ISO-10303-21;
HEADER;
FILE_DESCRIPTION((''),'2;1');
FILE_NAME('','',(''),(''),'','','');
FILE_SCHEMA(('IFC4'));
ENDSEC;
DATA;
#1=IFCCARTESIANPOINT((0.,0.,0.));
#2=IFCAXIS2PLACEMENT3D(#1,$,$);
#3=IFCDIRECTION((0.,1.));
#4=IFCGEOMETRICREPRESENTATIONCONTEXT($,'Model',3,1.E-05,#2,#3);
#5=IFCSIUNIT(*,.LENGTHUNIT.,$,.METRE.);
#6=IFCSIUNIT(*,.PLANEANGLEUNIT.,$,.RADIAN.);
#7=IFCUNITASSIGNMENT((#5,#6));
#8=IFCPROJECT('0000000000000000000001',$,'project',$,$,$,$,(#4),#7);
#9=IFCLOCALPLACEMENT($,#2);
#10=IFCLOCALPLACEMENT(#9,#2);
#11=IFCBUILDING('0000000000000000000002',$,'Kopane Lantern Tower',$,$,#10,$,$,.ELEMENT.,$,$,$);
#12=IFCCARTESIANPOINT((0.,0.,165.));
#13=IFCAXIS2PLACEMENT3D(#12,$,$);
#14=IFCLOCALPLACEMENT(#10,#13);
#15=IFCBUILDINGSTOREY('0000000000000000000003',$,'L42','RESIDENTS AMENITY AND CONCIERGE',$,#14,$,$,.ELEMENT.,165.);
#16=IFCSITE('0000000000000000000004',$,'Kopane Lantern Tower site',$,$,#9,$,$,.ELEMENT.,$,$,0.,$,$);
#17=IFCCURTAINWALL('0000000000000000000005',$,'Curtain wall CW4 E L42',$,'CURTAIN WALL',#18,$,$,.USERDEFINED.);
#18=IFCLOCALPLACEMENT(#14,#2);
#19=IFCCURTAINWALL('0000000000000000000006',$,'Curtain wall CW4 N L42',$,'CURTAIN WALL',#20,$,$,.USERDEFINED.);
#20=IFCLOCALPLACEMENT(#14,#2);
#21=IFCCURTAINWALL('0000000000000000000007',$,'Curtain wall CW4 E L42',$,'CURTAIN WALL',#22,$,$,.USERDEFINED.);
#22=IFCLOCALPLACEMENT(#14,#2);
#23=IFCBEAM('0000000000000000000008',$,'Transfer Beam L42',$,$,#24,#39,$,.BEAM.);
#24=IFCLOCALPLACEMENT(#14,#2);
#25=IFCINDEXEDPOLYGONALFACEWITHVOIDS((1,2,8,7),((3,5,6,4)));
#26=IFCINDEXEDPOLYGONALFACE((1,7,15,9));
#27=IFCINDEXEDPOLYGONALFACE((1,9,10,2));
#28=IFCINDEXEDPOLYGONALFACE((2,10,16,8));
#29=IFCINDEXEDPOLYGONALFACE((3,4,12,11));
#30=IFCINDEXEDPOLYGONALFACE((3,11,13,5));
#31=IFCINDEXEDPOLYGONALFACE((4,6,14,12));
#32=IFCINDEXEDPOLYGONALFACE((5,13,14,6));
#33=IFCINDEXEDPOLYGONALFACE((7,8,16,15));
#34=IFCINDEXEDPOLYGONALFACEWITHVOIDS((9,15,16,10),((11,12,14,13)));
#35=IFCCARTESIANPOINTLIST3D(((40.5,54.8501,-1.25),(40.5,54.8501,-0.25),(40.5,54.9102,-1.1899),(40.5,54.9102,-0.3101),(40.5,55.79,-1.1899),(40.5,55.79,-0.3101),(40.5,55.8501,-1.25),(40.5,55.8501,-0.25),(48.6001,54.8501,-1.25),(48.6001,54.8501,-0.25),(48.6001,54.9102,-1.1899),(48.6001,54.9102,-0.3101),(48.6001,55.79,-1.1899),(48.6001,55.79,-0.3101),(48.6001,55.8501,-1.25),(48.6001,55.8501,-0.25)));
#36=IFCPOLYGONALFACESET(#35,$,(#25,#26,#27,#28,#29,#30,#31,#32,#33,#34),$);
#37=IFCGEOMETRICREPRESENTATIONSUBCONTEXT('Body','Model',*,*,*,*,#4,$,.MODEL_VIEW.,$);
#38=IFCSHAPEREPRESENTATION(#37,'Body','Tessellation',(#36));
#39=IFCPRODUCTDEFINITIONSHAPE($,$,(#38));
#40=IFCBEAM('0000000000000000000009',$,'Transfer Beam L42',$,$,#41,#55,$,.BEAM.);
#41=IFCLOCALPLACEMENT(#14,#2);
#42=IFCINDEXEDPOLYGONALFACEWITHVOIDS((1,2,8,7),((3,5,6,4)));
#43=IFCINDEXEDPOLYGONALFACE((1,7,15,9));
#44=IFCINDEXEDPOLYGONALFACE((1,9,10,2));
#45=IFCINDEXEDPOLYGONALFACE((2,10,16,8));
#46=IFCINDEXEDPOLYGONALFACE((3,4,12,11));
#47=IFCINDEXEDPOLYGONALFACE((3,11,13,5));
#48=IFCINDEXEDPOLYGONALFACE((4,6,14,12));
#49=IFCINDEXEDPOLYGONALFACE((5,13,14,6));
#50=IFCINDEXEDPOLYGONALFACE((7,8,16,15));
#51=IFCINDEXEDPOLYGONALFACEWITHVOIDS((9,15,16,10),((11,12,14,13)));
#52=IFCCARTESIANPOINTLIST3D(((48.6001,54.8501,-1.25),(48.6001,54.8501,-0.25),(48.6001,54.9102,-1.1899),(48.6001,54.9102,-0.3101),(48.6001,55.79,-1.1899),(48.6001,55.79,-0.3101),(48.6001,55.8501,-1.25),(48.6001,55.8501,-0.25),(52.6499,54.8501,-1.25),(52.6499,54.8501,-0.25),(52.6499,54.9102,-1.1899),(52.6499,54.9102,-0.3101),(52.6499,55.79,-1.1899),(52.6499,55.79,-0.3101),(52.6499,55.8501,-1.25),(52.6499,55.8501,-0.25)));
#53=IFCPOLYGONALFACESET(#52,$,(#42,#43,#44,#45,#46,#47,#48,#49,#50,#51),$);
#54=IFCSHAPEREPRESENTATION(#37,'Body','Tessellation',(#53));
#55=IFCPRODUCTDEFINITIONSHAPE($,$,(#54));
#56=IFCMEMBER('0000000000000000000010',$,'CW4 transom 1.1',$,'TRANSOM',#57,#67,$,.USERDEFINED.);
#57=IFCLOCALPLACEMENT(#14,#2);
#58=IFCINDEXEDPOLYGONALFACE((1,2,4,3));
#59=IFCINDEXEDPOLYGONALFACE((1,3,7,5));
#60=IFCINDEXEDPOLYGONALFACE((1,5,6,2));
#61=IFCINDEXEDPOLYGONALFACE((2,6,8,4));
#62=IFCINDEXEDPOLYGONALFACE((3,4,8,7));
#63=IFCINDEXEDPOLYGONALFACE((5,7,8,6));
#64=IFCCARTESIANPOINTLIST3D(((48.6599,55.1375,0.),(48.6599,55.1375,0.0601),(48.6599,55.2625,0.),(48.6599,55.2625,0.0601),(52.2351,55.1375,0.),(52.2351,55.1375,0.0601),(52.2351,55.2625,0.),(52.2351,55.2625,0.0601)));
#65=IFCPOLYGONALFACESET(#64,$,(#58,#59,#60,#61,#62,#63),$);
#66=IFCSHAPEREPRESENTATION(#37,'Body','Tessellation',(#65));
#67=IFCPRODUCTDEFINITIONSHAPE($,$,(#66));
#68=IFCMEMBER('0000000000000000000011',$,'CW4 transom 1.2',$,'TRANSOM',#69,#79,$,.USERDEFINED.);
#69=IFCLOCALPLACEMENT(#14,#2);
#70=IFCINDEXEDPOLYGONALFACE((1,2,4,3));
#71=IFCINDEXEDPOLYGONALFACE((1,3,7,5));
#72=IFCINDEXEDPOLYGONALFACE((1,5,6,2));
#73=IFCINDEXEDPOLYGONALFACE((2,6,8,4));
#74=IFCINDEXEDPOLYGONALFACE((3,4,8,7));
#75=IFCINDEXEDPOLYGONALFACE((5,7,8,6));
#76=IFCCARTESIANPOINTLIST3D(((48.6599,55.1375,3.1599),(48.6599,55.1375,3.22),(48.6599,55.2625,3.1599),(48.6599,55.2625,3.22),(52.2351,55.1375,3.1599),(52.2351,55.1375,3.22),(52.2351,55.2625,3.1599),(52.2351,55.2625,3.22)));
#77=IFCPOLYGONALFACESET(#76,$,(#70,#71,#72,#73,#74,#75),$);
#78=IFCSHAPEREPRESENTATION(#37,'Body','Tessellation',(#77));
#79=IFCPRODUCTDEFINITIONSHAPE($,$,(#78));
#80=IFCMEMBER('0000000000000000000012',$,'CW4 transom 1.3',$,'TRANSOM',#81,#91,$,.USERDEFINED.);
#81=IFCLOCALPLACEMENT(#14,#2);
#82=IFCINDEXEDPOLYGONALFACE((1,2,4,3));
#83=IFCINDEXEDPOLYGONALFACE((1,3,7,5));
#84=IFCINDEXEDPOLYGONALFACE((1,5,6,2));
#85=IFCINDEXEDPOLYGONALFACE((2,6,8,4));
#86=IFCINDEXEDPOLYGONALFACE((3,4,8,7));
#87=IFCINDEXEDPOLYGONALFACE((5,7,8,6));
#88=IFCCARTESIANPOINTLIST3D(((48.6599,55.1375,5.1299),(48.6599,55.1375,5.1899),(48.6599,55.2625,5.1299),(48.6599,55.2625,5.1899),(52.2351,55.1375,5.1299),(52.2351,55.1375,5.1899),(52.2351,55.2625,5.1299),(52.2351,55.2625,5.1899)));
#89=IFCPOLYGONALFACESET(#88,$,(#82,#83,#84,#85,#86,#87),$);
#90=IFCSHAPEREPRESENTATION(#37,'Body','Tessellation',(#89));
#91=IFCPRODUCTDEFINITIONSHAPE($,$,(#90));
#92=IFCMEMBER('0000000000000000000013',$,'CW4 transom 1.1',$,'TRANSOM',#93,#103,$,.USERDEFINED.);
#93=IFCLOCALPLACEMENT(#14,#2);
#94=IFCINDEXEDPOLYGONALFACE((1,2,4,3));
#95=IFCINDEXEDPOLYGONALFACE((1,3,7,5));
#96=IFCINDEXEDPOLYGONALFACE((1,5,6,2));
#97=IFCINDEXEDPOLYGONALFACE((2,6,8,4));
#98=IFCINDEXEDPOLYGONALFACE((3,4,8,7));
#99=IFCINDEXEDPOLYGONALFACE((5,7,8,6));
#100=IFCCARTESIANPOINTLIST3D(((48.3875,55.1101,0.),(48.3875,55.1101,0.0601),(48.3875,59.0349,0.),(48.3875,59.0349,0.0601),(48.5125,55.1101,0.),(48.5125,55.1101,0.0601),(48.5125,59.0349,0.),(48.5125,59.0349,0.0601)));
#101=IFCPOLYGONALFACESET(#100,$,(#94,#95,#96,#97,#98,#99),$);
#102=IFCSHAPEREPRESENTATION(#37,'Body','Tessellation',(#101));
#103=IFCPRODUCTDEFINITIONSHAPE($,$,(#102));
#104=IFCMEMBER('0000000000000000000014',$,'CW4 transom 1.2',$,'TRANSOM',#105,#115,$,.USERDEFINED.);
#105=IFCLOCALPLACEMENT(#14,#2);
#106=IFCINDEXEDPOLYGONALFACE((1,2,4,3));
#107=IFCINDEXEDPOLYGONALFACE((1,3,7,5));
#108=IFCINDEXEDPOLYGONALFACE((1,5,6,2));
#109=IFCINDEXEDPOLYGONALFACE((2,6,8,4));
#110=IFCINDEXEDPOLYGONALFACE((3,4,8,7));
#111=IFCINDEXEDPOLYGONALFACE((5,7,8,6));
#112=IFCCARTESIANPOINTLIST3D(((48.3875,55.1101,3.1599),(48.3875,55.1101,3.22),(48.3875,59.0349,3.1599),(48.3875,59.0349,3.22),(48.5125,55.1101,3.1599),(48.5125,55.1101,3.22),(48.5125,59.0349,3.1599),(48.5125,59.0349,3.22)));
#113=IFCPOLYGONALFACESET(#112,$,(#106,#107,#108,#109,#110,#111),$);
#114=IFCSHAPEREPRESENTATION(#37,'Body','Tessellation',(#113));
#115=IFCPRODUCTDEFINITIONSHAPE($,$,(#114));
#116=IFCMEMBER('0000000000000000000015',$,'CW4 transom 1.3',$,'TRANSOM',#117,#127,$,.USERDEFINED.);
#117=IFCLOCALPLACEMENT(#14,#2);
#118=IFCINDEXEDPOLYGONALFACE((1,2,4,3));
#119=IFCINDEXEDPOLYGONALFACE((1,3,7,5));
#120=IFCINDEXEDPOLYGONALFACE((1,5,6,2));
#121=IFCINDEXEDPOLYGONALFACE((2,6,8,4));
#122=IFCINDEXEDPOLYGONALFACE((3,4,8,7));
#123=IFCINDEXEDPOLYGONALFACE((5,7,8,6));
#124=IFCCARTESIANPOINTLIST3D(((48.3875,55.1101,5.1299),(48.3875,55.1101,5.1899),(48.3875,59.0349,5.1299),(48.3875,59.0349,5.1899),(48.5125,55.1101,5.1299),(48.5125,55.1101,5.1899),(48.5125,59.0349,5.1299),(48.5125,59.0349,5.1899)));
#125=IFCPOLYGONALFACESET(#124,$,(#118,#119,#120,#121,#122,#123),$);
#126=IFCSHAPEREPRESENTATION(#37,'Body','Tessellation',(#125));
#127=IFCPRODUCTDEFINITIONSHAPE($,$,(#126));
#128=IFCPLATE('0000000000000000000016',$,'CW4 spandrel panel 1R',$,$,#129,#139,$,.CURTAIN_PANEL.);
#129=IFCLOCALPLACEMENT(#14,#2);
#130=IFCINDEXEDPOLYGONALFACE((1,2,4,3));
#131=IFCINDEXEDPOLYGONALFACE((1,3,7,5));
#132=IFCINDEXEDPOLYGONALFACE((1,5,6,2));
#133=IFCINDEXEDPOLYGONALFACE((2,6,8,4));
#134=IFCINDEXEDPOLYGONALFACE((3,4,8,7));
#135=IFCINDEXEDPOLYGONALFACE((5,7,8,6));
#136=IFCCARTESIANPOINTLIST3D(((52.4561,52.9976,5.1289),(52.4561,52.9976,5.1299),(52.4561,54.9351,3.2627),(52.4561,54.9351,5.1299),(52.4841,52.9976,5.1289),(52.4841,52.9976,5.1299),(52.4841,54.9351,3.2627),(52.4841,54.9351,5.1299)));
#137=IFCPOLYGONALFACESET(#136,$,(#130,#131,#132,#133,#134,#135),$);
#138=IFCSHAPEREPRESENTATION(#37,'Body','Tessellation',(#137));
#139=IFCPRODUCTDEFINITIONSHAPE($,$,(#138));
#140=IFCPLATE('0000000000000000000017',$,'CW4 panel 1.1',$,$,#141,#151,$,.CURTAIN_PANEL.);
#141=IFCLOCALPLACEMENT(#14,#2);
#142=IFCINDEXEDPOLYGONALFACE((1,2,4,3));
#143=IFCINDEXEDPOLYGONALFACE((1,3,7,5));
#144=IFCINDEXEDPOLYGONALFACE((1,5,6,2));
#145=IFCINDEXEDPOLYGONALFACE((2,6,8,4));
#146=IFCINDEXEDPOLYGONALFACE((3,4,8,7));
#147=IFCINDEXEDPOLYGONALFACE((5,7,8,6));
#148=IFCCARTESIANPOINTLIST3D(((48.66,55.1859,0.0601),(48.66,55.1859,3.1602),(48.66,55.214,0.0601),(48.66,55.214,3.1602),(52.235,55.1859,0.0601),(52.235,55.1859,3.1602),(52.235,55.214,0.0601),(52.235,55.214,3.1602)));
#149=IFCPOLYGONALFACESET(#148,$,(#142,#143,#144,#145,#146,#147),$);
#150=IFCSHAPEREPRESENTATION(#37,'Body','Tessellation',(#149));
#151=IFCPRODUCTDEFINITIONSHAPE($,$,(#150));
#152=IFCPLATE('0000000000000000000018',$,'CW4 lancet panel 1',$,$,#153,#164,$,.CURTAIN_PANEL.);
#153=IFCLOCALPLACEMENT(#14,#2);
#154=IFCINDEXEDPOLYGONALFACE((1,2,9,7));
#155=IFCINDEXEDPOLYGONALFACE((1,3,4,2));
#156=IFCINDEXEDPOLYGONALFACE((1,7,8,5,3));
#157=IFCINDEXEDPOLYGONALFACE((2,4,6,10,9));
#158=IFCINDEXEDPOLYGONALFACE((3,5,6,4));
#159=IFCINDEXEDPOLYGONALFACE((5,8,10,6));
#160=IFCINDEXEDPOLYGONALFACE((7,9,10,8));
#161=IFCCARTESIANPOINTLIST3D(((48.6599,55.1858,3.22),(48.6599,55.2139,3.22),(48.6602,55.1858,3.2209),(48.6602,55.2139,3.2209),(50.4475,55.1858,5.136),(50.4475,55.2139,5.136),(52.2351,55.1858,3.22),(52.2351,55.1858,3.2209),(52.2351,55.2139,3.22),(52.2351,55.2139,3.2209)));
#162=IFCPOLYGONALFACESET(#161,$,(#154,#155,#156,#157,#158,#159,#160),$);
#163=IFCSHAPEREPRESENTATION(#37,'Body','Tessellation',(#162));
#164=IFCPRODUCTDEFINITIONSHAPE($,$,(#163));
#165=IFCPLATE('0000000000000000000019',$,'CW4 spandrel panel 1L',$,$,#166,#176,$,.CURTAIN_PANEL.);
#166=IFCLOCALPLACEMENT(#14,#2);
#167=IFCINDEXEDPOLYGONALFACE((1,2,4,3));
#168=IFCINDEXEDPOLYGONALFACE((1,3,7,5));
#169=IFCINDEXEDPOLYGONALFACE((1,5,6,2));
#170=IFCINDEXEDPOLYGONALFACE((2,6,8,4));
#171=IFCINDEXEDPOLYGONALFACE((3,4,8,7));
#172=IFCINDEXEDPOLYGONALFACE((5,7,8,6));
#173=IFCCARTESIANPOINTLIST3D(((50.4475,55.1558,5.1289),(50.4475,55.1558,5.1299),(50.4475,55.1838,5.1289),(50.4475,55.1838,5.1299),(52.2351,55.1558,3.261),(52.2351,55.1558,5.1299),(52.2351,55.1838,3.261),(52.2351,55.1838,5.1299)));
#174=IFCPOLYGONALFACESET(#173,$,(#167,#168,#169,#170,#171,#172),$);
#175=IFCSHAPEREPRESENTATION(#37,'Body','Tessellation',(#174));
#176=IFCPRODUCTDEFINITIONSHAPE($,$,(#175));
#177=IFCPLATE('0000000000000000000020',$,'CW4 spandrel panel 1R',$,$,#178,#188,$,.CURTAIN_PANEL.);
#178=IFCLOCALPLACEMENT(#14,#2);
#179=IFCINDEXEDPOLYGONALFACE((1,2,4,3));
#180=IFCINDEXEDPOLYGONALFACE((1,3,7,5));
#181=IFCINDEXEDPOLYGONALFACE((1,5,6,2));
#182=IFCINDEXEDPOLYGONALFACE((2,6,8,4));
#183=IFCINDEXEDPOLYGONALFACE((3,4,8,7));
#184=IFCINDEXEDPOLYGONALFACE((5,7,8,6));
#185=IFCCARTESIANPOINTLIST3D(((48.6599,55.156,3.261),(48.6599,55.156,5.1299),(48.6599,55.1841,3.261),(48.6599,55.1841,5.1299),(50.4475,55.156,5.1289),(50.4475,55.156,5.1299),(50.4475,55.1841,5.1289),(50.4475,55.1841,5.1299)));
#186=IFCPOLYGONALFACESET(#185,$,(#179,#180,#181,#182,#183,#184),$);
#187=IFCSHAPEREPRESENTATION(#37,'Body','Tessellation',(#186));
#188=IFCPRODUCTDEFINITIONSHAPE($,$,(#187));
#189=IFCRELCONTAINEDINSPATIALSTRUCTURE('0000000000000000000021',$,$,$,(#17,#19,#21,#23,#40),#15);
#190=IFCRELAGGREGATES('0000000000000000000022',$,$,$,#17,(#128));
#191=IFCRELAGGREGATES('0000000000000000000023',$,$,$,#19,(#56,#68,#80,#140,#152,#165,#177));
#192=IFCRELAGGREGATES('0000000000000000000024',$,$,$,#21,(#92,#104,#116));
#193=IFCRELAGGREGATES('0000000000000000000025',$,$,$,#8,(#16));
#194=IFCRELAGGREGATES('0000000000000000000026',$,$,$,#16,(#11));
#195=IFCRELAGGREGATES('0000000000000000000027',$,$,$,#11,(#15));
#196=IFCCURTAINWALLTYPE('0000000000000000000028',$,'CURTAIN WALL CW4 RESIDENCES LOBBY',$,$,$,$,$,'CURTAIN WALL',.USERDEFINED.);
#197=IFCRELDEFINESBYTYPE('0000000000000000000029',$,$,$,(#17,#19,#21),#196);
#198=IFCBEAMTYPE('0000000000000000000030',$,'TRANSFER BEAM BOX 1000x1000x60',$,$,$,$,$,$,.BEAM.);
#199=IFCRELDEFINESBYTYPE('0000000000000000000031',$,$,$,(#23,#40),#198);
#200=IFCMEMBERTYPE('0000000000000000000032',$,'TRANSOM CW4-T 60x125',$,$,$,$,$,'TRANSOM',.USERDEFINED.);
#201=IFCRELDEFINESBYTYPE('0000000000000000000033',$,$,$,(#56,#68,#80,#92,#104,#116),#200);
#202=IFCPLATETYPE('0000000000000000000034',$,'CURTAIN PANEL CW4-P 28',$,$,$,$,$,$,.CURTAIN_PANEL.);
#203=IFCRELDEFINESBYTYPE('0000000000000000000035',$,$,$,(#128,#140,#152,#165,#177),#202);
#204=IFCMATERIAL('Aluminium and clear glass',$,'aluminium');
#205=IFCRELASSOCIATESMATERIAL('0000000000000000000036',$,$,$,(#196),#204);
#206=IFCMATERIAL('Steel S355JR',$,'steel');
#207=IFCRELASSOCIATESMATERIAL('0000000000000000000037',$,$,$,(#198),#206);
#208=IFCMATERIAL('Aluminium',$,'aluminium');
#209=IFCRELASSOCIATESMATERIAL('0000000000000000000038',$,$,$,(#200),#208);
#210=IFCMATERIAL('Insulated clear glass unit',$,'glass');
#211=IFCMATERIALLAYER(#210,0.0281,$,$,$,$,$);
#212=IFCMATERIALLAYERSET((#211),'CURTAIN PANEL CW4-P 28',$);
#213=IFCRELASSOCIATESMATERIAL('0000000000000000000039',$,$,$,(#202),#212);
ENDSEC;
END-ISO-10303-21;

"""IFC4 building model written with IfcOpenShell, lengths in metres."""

from ifc_helpers import new_model, si_unit, direction, frame, origin, origin_2d, place, context, subcontext, project, spatial, polyline, rectangle, hollow_rectangle, outline, extrude, material, layer, layer_set, material_profile, profile_set, type_object, element, aggregate, save


model = new_model("IFC4")

# Units and contexts
model_context = context("Model", 3, precision=1e-05, world=origin(), true_north=direction((0.0, 1.0)))
body_context = subcontext(model_context, "Body", "Model", "MODEL_VIEW")
ifc_project = project(units=[si_unit("LENGTHUNIT", "METRE"), si_unit("PLANEANGLEUNIT", "RADIAN")], contexts=[model_context])

# Site, building, storey
site_placement = place(None, origin())
site = spatial("IfcSite", under=ifc_project, at=site_placement, Name="Kopane Lantern Tower site", CompositionType="ELEMENT", RefElevation=0.0)
building_placement = place(site_placement, origin())
building = spatial("IfcBuilding", under=site, at=building_placement, Name="Kopane Lantern Tower", CompositionType="ELEMENT")
storey_placement = place(building_placement, frame((0.0, 0.0, 165.0)))
storey = spatial("IfcBuildingStorey", under=building, at=storey_placement, Name="L42", Description="RESIDENTS AMENITY AND CONCIERGE", CompositionType="ELEMENT", Elevation=165.0)

# Curtain wall
ifc_material_1 = material(Name="Aluminium and clear glass", Category="aluminium")
curtain_wall_type = type_object("IfcCurtainWallType", Name="CURTAIN WALL CW4 RESIDENCES LOBBY", ElementType="CURTAIN WALL", PredefinedType="USERDEFINED", material=ifc_material_1)
curtain_wall_1_placement = place(storey_placement, origin())
curtain_wall_1 = element("IfcCurtainWall", 1, at=curtain_wall_1_placement, inside=storey, type_object=curtain_wall_type, Name="Curtain wall CW4 E L42", ObjectType="CURTAIN WALL", PredefinedType="USERDEFINED")

# Curtain walls
curtain_wall_2_placement = place(storey_placement, origin())
curtain_wall_2 = element("IfcCurtainWall", 2, at=curtain_wall_2_placement, inside=storey, type_object=curtain_wall_type, Name="Curtain wall CW4 N L42", ObjectType="CURTAIN WALL", PredefinedType="USERDEFINED")
curtain_wall_3_placement = place(storey_placement, origin())
curtain_wall_3 = element("IfcCurtainWall", 3, at=curtain_wall_3_placement, inside=storey, type_object=curtain_wall_type, Name="Curtain wall CW4 E L42", ObjectType="CURTAIN WALL", PredefinedType="USERDEFINED")

# Beams
ifc_material_2 = material(Name="Steel S355JR", Category="steel")
ifc_material_profile_1 = material_profile(ifc_material_2, hollow_rectangle(XDim=1.0, YDim=1.0, WallThickness=0.0601, at=origin_2d()), Name="BOX 1000x1000x60")
ifc_profile_set_1 = profile_set([ifc_material_profile_1], Name="Steel S355JR")
beam_type_1 = type_object("IfcBeamType", Name="TRANSFER BEAM BOX 1000x1000x60", PredefinedType="BEAM", material=ifc_profile_set_1)
beam_1_placement = place(storey_placement, frame((48.6001, 55.3501, -0.75), z_axis=(-1.0, 0.0, 0.0), x_axis=(0.0, -1.0, 0.0)))
element("IfcBeam", 4, at=beam_1_placement, inside=storey, type_object=beam_type_1, Name="Transfer Beam L42", PredefinedType="BEAM", context=body_context, shape_type="SweptSolid", body=[
    extrude(hollow_rectangle(XDim=1.0, YDim=1.0, WallThickness=0.0601, at=origin_2d()), origin(), (0.0, 0.0, 1.0), 8.1001),
])
beam_2_placement = place(storey_placement, frame((52.6499, 55.3501, -0.75), z_axis=(-1.0, 0.0, 0.0), x_axis=(0.0, -1.0, 0.0)))
element("IfcBeam", 5, at=beam_2_placement, inside=storey, type_object=beam_type_1, Name="Transfer Beam L42", PredefinedType="BEAM", context=body_context, shape_type="SweptSolid", body=[
    extrude(hollow_rectangle(XDim=1.0, YDim=1.0, WallThickness=0.0601, at=origin_2d()), origin(), (0.0, 0.0, 1.0), 4.0498),
])

# Members
ifc_material_3 = material(Name="Aluminium", Category="aluminium")
ifc_material_profile_2 = material_profile(ifc_material_3, rectangle(XDim=0.125, YDim=0.0601, at=origin_2d()), Name="AL 125x60")
ifc_profile_set_2 = profile_set([ifc_material_profile_2], Name="Aluminium")
member_type_1 = type_object("IfcMemberType", Name="TRANSOM CW4-T 60x125", ElementType="TRANSOM", PredefinedType="USERDEFINED", material=ifc_profile_set_2)
member_1_placement = place(storey_placement, frame((52.2351, 55.2, 0.03), z_axis=(-1.0, 0.0, 0.0), x_axis=(0.0, -1.0, 0.0)))
member_1 = element("IfcMember", 6, at=member_1_placement, type_object=member_type_1, Name="CW4 transom 1.1", ObjectType="TRANSOM", PredefinedType="USERDEFINED", context=body_context, shape_type="SweptSolid", body=[
    extrude(rectangle(XDim=0.125, YDim=0.0601, at=origin_2d()), origin(), (0.0, 0.0, 1.0), 3.5752),
])
member_2_placement = place(storey_placement, frame((52.2351, 55.2, 3.1899), z_axis=(-1.0, 0.0, 0.0), x_axis=(0.0, -1.0, 0.0)))
member_2 = element("IfcMember", 7, at=member_2_placement, type_object=member_type_1, Name="CW4 transom 1.2", ObjectType="TRANSOM", PredefinedType="USERDEFINED", context=body_context, shape_type="SweptSolid", body=[
    extrude(rectangle(XDim=0.125, YDim=0.0601, at=origin_2d()), origin(), (0.0, 0.0, 1.0), 3.5752),
])
member_3_placement = place(storey_placement, frame((52.2351, 55.2, 5.1599), z_axis=(-1.0, 0.0, 0.0), x_axis=(0.0, -1.0, 0.0)))
member_3 = element("IfcMember", 8, at=member_3_placement, type_object=member_type_1, Name="CW4 transom 1.3", ObjectType="TRANSOM", PredefinedType="USERDEFINED", context=body_context, shape_type="SweptSolid", body=[
    extrude(rectangle(XDim=0.125, YDim=0.0601, at=origin_2d()), origin(), (0.0, 0.0, 1.0), 3.5752),
])
member_4_placement = place(storey_placement, frame((48.45, 55.1101, 0.03), z_axis=(0.0, 1.0, 0.0), x_axis=(-1.0, 0.0, 0.0)))
member_4 = element("IfcMember", 9, at=member_4_placement, type_object=member_type_1, Name="CW4 transom 1.1", ObjectType="TRANSOM", PredefinedType="USERDEFINED", context=body_context, shape_type="SweptSolid", body=[
    extrude(rectangle(XDim=0.125, YDim=0.0601, at=origin_2d()), origin(), (0.0, 0.0, 1.0), 3.9248),
])
member_5_placement = place(storey_placement, frame((48.45, 55.1101, 3.1899), z_axis=(0.0, 1.0, 0.0), x_axis=(-1.0, 0.0, 0.0)))
member_5 = element("IfcMember", 10, at=member_5_placement, type_object=member_type_1, Name="CW4 transom 1.2", ObjectType="TRANSOM", PredefinedType="USERDEFINED", context=body_context, shape_type="SweptSolid", body=[
    extrude(rectangle(XDim=0.125, YDim=0.0601, at=origin_2d()), origin(), (0.0, 0.0, 1.0), 3.9248),
])
member_6_placement = place(storey_placement, frame((48.45, 55.1101, 5.1599), z_axis=(0.0, 1.0, 0.0), x_axis=(-1.0, 0.0, 0.0)))
member_6 = element("IfcMember", 11, at=member_6_placement, type_object=member_type_1, Name="CW4 transom 1.3", ObjectType="TRANSOM", PredefinedType="USERDEFINED", context=body_context, shape_type="SweptSolid", body=[
    extrude(rectangle(XDim=0.125, YDim=0.0601, at=origin_2d()), origin(), (0.0, 0.0, 1.0), 3.9248),
])

# Plates
ifc_material_4 = material(Name="Insulated clear glass unit", Category="glass")
ifc_layer_1 = layer(ifc_material_4, 0.0281)
ifc_layer_set_1 = layer_set([ifc_layer_1], Name="CURTAIN PANEL CW4-P 28")
plate_type_1 = type_object("IfcPlateType", Name="CURTAIN PANEL CW4-P 28", PredefinedType="CURTAIN_PANEL", material=ifc_layer_set_1)
plate_1_placement = place(storey_placement, frame((52.47, 54.9351, 5.1299), z_axis=(0.0, 0.0, 1.0), x_axis=(0.0, -1.0, 0.0)))
plate_1 = element("IfcPlate", 12, at=plate_1_placement, type_object=plate_type_1, Name="CW4 spandrel panel 1R", PredefinedType="CURTAIN_PANEL", context=body_context, shape_type="SweptSolid", body=[
    extrude(outline(polyline([(0.0, 0.0), (1.9375, 0.0), (1.9375, -0.001), (0.0, -1.8672), (0.0, 0.0)])), frame((0.0, 0.0142, 0.0), z_axis=(0.0, -1.0, 0.0), x_axis=(1.0, 0.0, 0.0)), (0.0, 0.0, 1.0), 0.0281),
])
aggregate(curtain_wall_1, [plate_1])
plate_2_placement = place(storey_placement, frame((50.4475, 55.2, 0.0601), z_axis=(0.0, 0.0, 1.0), x_axis=(-1.0, 0.0, 0.0)))
plate_2 = element("IfcPlate", 13, at=plate_2_placement, type_object=plate_type_1, Name="CW4 panel 1.1", PredefinedType="CURTAIN_PANEL", context=body_context, shape_type="SweptSolid", body=[
    extrude(rectangle(XDim=3.575, YDim=0.0281, at=origin_2d()), origin(), (0.0, 0.0, 1.0), 3.1001),
])
plate_3_placement = place(storey_placement, frame((52.2351, 55.2, 3.22), z_axis=(0.0, 0.0, 1.0), x_axis=(-1.0, 0.0, 0.0)))
plate_3 = element("IfcPlate", 14, at=plate_3_placement, type_object=plate_type_1, Name="CW4 lancet panel 1", PredefinedType="CURTAIN_PANEL", context=body_context, shape_type="SweptSolid", body=[
    extrude(outline(polyline([(0.0, 0.0), (3.5752, 0.0), (3.575, 0.001), (1.7876, 1.916), (0.0, 0.001), (0.0, 0.0)])), frame((0.0, 0.0142, 0.0), z_axis=(0.0, -1.0, 0.0), x_axis=(1.0, 0.0, 0.0)), (0.0, 0.0, 1.0), 0.0281),
])
plate_4_placement = place(storey_placement, frame((52.2351, 55.1699, 5.1299), z_axis=(0.0, 0.0, 1.0), x_axis=(-1.0, 0.0, 0.0)))
plate_4 = element("IfcPlate", 15, at=plate_4_placement, type_object=plate_type_1, Name="CW4 spandrel panel 1L", PredefinedType="CURTAIN_PANEL", context=body_context, shape_type="SweptSolid", body=[
    extrude(outline(polyline([(0.0, 0.0), (1.7876, 0.0), (1.7876, -0.001), (0.0, -1.8689), (0.0, 0.0)])), frame((0.0, 0.0142, 0.0), z_axis=(0.0, -1.0, 0.0), x_axis=(1.0, 0.0, 0.0)), (0.0, 0.0, 1.0), 0.0281),
])
plate_5_placement = place(storey_placement, frame((48.6599, 55.1699, 5.1299), z_axis=(0.0, 0.0, 1.0), x_axis=(1.0, 0.0, 0.0)))
plate_5 = element("IfcPlate", 16, at=plate_5_placement, type_object=plate_type_1, Name="CW4 spandrel panel 1R", PredefinedType="CURTAIN_PANEL", context=body_context, shape_type="SweptSolid", body=[
    extrude(outline(polyline([(0.0, 0.0), (1.7876, 0.0), (1.7876, -0.001), (0.0, -1.8689), (0.0, 0.0)])), frame((0.0, 0.0142, 0.0), z_axis=(0.0, -1.0, 0.0), x_axis=(1.0, 0.0, 0.0)), (0.0, 0.0, 1.0), 0.0281),
])
aggregate(curtain_wall_2, [member_1, member_2, member_3, plate_2, plate_3, plate_4, plate_5])
aggregate(curtain_wall_3, [member_4, member_5, member_6])

save(model, "model.ifc")
